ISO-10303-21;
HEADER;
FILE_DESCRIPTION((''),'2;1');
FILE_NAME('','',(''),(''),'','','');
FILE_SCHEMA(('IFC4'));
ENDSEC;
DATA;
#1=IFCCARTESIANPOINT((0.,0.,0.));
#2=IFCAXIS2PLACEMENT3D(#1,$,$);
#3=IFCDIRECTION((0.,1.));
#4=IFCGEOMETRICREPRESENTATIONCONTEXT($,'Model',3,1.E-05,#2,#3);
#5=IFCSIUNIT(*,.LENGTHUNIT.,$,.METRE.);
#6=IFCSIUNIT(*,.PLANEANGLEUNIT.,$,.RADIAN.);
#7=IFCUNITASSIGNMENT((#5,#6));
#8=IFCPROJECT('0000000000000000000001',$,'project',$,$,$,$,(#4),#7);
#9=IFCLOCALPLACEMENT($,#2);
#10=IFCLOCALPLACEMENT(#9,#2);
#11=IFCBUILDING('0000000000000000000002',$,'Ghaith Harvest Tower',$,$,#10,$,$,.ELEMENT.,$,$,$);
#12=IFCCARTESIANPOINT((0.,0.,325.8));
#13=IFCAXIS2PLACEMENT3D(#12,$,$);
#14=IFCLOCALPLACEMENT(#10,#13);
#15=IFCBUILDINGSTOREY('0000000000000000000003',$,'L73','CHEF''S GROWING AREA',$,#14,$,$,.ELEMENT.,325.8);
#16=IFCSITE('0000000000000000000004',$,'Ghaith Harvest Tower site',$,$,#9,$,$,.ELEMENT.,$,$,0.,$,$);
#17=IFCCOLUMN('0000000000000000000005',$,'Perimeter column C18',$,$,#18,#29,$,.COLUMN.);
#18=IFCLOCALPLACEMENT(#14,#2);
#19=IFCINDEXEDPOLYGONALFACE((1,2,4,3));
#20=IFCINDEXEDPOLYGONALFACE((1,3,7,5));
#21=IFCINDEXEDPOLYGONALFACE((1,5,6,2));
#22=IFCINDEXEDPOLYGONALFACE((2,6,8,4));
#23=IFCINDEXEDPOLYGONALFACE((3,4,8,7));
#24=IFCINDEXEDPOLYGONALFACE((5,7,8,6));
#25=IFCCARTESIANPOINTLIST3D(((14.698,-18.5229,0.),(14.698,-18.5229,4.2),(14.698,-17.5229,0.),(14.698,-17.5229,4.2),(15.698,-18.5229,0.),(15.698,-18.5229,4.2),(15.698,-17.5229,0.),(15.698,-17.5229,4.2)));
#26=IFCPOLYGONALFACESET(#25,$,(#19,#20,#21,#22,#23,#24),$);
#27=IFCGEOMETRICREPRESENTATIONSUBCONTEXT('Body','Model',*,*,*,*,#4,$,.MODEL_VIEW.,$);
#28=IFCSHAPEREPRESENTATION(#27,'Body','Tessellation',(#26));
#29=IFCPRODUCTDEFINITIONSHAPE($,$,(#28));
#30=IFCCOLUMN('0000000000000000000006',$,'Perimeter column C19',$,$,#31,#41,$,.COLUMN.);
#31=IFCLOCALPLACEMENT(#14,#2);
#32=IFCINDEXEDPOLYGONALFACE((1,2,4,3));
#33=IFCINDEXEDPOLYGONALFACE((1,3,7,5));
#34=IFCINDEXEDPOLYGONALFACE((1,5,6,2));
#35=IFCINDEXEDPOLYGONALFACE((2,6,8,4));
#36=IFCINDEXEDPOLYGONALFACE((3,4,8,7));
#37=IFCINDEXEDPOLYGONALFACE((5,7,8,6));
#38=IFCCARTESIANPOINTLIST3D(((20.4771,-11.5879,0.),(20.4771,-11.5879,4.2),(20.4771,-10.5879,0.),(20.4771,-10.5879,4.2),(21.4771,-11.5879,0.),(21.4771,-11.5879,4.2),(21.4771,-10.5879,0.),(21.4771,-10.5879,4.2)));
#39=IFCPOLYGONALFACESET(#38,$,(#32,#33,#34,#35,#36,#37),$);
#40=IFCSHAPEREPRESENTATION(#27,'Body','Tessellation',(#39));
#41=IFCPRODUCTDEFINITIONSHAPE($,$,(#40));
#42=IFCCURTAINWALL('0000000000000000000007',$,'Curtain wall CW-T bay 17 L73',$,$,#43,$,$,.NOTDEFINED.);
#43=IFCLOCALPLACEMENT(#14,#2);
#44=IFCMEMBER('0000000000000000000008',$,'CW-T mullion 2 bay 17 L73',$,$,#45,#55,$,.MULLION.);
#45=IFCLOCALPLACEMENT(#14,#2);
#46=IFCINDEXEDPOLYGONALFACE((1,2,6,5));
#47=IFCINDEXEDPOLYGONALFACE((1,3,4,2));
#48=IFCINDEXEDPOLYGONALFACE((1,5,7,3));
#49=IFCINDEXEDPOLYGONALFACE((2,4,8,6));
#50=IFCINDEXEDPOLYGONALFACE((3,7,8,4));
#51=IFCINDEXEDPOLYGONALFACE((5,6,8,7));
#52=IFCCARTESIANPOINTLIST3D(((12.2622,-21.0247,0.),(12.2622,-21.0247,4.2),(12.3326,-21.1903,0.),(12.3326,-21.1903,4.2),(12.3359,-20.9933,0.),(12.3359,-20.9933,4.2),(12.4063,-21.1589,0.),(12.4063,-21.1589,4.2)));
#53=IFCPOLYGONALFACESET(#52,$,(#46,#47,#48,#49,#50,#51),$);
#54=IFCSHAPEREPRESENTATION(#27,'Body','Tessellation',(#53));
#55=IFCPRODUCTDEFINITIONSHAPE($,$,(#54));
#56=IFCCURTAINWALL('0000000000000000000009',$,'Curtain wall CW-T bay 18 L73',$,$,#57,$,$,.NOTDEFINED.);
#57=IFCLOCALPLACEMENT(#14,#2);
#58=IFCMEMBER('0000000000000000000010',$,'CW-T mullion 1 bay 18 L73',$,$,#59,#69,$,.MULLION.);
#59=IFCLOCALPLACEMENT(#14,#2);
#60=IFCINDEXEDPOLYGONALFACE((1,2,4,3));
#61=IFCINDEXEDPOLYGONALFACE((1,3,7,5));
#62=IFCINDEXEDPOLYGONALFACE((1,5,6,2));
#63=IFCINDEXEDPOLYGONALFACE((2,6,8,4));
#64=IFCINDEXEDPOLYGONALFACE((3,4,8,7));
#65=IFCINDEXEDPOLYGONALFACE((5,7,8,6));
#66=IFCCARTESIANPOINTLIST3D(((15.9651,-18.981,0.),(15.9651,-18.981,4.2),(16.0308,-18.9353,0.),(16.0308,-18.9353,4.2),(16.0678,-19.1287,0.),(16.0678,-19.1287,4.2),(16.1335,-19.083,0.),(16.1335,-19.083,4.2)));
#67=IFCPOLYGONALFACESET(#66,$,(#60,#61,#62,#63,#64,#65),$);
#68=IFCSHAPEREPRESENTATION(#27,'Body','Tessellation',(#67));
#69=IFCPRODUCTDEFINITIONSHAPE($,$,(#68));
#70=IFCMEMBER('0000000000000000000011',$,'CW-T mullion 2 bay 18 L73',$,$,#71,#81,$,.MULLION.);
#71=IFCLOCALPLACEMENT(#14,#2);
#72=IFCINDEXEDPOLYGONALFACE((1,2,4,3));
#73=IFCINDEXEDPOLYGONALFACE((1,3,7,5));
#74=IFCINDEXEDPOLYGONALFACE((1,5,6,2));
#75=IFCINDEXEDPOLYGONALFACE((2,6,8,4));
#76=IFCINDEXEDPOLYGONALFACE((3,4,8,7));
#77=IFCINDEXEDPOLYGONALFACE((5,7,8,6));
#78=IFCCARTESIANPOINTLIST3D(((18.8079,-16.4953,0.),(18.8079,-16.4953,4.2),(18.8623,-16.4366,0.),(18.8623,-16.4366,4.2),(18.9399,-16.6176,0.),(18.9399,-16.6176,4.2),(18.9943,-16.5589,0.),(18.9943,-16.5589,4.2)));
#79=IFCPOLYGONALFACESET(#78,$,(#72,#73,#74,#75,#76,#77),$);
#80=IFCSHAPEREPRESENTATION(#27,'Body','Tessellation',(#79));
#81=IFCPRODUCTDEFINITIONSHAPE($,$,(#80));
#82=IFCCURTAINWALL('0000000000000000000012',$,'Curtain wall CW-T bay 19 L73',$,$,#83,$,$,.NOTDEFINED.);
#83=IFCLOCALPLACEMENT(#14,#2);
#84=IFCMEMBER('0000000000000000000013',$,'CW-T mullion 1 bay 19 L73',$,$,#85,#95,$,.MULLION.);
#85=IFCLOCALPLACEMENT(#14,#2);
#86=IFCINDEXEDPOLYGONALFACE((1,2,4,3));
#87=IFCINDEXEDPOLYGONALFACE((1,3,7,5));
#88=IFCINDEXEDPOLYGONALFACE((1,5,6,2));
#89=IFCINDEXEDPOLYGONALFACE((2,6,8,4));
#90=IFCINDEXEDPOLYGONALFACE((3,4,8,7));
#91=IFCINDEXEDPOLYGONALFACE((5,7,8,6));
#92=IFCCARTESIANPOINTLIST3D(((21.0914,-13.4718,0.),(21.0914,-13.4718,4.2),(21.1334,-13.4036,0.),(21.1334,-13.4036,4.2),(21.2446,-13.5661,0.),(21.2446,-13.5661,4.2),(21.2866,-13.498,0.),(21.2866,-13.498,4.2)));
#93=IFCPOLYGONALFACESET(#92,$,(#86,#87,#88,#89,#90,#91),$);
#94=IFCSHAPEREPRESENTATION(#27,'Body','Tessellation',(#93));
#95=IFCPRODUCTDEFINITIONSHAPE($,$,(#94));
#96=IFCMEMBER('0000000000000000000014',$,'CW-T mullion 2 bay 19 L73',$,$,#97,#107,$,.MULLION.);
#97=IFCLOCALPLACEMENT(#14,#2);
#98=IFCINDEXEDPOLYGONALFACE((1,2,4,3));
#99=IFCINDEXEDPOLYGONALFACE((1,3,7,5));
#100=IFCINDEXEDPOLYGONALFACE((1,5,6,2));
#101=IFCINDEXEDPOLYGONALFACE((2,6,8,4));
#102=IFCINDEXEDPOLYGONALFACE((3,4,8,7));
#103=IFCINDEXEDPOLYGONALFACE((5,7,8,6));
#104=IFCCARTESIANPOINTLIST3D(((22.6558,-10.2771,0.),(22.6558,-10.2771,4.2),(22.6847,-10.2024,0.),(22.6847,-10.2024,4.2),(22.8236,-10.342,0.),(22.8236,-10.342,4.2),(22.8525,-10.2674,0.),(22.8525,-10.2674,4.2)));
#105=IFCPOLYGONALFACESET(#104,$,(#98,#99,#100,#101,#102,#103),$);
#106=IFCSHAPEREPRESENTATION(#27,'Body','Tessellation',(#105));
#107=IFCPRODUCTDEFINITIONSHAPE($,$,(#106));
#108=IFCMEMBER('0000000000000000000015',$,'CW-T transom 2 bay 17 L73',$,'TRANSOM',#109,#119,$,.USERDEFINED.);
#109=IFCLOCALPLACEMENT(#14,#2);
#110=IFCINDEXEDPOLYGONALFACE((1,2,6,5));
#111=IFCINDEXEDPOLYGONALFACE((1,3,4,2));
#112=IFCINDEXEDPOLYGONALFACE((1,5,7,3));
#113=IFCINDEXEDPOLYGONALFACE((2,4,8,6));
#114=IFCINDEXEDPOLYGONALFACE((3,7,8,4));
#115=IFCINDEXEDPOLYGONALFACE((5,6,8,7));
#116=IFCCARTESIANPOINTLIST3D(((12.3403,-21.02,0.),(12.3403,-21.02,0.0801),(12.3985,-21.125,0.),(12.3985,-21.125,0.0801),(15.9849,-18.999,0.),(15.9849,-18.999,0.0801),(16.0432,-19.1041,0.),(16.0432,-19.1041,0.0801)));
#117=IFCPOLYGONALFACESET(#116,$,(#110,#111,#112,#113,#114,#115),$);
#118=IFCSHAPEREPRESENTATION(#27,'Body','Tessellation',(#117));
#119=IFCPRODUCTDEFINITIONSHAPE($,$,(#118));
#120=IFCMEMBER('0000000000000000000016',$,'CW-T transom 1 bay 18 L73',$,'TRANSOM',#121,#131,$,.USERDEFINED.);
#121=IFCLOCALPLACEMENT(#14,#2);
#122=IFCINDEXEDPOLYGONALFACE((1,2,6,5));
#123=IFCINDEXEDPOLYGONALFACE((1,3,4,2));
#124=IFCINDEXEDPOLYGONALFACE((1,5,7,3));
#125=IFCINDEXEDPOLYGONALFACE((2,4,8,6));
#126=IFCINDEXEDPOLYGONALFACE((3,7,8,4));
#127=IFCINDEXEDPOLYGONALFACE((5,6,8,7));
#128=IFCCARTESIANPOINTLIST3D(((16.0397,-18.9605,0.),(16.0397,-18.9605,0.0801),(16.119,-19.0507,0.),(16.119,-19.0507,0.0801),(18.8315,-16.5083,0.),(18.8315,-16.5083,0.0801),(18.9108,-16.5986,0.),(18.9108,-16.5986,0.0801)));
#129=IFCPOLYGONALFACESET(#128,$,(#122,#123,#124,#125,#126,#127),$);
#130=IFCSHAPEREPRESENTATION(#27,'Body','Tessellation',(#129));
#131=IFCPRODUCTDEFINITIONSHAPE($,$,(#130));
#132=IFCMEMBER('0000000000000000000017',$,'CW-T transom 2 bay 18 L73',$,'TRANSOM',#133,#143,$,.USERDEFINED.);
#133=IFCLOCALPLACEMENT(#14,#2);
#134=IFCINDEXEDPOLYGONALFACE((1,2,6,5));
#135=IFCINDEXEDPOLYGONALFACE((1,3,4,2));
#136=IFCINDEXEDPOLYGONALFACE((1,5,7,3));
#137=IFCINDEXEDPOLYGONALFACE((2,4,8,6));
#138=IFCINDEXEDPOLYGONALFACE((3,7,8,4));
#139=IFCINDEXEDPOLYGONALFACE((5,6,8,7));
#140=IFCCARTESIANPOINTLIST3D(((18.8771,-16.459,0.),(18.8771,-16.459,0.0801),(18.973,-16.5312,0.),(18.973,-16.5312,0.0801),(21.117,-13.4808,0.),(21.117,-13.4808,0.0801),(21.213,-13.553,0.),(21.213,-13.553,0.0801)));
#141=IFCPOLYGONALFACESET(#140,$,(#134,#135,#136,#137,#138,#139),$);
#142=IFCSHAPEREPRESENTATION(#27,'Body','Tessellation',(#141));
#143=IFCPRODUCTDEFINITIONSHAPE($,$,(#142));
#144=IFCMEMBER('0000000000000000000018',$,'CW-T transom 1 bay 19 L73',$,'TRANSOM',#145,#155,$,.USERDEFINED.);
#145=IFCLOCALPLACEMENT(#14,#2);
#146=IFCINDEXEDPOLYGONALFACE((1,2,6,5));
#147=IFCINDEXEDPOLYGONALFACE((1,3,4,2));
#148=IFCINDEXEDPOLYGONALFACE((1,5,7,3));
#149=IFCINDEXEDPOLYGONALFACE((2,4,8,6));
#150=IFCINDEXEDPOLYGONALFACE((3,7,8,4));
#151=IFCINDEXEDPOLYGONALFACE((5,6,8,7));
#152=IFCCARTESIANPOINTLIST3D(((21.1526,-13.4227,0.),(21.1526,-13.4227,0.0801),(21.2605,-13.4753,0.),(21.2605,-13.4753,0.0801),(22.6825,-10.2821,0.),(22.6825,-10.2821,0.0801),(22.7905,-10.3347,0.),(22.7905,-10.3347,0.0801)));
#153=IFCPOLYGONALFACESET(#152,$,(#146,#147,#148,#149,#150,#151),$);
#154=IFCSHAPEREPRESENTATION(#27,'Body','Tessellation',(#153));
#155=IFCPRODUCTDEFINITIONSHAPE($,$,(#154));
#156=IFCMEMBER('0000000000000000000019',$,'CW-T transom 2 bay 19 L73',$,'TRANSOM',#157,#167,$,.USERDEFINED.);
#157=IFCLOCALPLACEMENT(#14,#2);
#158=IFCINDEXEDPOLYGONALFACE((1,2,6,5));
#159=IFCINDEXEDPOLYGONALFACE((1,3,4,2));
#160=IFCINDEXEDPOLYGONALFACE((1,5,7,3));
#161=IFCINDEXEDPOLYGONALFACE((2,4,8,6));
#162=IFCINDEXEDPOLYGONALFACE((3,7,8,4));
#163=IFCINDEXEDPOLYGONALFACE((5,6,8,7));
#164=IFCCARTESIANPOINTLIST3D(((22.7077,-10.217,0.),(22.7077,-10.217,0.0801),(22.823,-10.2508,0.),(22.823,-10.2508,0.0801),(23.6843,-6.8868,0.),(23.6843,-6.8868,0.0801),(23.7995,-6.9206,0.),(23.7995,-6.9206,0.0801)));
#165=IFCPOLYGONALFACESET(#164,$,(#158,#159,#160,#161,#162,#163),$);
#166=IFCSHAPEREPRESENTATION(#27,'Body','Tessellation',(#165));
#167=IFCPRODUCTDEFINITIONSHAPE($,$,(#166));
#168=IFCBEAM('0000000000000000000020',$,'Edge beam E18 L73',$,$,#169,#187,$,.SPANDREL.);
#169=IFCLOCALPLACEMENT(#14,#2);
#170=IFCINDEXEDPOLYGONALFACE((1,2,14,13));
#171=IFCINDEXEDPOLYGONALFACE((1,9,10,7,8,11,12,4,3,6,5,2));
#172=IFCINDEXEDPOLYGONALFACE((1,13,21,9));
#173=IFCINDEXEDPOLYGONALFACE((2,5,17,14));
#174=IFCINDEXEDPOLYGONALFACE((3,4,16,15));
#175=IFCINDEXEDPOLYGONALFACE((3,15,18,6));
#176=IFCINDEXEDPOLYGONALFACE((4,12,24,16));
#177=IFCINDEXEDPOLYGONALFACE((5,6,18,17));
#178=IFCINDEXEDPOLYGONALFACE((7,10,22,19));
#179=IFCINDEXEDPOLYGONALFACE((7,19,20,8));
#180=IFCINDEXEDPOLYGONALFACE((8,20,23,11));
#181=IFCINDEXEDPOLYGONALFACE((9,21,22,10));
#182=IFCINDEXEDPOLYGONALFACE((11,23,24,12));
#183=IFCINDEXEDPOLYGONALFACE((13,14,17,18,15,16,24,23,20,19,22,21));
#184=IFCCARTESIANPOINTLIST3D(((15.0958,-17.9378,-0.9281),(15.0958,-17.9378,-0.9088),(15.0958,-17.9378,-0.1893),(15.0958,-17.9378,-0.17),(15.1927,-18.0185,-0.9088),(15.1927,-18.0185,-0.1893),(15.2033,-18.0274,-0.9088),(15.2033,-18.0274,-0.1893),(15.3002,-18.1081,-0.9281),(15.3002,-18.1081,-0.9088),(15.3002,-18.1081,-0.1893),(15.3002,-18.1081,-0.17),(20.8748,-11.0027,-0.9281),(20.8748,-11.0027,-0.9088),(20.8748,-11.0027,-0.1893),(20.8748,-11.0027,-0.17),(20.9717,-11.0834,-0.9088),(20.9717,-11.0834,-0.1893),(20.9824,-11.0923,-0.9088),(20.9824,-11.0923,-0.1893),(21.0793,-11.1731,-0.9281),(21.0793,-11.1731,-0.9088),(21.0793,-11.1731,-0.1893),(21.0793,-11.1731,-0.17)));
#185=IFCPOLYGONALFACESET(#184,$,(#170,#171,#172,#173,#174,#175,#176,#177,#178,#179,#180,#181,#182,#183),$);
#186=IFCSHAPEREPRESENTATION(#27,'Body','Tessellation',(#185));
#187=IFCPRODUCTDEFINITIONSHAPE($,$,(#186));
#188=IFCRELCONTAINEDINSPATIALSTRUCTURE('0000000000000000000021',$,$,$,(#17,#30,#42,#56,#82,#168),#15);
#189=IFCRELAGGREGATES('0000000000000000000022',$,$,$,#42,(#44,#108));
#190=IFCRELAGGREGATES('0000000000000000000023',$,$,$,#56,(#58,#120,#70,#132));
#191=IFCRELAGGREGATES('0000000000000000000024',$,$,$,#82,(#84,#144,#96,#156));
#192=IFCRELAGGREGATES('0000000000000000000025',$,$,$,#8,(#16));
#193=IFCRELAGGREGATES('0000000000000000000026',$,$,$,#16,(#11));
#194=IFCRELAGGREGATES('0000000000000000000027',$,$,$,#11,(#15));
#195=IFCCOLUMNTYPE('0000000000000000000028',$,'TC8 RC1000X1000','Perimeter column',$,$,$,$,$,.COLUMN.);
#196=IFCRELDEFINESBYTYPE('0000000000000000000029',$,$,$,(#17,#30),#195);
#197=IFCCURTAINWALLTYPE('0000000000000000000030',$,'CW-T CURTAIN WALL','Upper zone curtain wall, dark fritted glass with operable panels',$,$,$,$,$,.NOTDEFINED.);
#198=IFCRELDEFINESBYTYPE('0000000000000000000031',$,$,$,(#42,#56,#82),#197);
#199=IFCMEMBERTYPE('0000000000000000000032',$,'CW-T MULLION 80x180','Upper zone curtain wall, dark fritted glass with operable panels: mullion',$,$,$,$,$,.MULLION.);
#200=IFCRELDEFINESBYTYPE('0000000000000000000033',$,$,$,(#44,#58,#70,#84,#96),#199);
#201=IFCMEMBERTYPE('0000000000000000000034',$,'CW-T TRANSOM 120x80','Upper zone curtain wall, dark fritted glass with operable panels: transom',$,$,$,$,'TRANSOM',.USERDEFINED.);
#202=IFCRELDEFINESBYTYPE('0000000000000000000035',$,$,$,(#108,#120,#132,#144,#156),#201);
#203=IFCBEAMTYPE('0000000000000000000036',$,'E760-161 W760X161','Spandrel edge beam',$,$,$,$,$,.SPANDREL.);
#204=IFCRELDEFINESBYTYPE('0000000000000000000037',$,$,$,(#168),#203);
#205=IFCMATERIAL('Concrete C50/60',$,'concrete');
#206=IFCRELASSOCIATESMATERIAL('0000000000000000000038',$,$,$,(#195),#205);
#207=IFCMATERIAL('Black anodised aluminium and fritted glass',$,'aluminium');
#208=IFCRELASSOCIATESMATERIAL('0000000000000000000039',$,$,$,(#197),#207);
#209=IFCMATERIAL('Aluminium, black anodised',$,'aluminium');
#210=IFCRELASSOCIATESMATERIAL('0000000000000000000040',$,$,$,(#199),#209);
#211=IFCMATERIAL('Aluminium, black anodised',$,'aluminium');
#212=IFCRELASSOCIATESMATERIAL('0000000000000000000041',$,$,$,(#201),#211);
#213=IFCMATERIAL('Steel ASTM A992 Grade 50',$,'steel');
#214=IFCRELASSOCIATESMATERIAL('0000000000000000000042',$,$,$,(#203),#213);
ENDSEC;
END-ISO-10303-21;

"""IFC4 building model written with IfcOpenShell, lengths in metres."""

from ifc_helpers import new_model, si_unit, direction, frame, origin, origin_2d, place, context, subcontext, project, spatial, rectangle, i_section, extrude, material, material_profile, profile_set, type_object, element, aggregate, save


model = new_model("IFC4")

# Units and contexts
model_context = context("Model", 3, precision=1e-05, world=origin(), true_north=direction((0.0, 1.0)))
body_context = subcontext(model_context, "Body", "Model", "MODEL_VIEW")
ifc_project = project(units=[si_unit("LENGTHUNIT", "METRE"), si_unit("PLANEANGLEUNIT", "RADIAN")], contexts=[model_context])

# Site, building, storey
site_placement = place(None, origin())
site = spatial("IfcSite", under=ifc_project, at=site_placement, Name="Ghaith Harvest Tower site", CompositionType="ELEMENT", RefElevation=0.0)
building_placement = place(site_placement, origin())
building = spatial("IfcBuilding", under=site, at=building_placement, Name="Ghaith Harvest Tower", CompositionType="ELEMENT")
storey_placement = place(building_placement, frame((0.0, 0.0, 325.8)))
storey = spatial("IfcBuildingStorey", under=building, at=storey_placement, Name="L73", Description="CHEF'S GROWING AREA", CompositionType="ELEMENT", Elevation=325.8)

# Columns
ifc_material_1 = material(Name="Concrete C50/60", Category="concrete")
ifc_material_profile_1 = material_profile(ifc_material_1, rectangle(XDim=1.0, YDim=1.0, at=origin_2d()), Name="RC1000X1000")
ifc_profile_set_1 = profile_set([ifc_material_profile_1], Name="Concrete C50/60")
column_type = type_object("IfcColumnType", Name="TC8 RC1000X1000", Description="Perimeter column", PredefinedType="COLUMN", material=ifc_profile_set_1)
for number, where, z_axis, x_axis, name in (
    (1, (15.198, -18.0229, 0.0), (0.0, 0.0, 1.0), (1.0, 0.0, 0.0), "Perimeter column C18"),
    (2, (20.9771, -11.0879, 0.0), (0.0, 0.0, 1.0), (1.0, 0.0, 0.0), "Perimeter column C19"),
):
    element("IfcColumn", number, at=place(storey_placement, frame(where, z_axis=z_axis, x_axis=x_axis)), inside=storey, type_object=column_type, Name=name, PredefinedType="COLUMN", context=body_context, shape_type="SweptSolid", body=[
        extrude(rectangle(XDim=1.0, YDim=1.0, at=origin_2d()), origin(), (0.0, 0.0, 1.0), 4.2),
    ])

# Curtain wall, member
ifc_material_2 = material(Name="Black anodised aluminium and fritted glass", Category="aluminium")
curtain_wall_type = type_object("IfcCurtainWallType", Name="CW-T CURTAIN WALL", Description="Upper zone curtain wall, dark fritted glass with operable panels", PredefinedType="NOTDEFINED", material=ifc_material_2)
curtain_wall_1_placement = place(storey_placement, origin())
curtain_wall_1 = element("IfcCurtainWall", 3, at=curtain_wall_1_placement, inside=storey, type_object=curtain_wall_type, Name="Curtain wall CW-T bay 17 L73", PredefinedType="NOTDEFINED")
ifc_material_3 = material(Name="Aluminium, black anodised", Category="aluminium")
ifc_material_profile_2 = material_profile(ifc_material_3, rectangle(XDim=0.0801, YDim=0.1799, at=origin_2d()), Name="CW-T MULLION 80x180")
ifc_profile_set_2 = profile_set([ifc_material_profile_2], Name="Aluminium, black anodised")
member_type_1 = type_object("IfcMemberType", Name="CW-T MULLION 80x180", Description="Upper zone curtain wall, dark fritted glass with operable panels: mullion", PredefinedType="MULLION", material=ifc_profile_set_2)
member_1_placement = place(storey_placement, frame((12.3342, -21.0918, 0.0), z_axis=(0.0, 0.0, 1.0), x_axis=(0.920319, 0.391168, 0.0)))
member_1 = element("IfcMember", 4, at=member_1_placement, type_object=member_type_1, Name="CW-T mullion 2 bay 17 L73", PredefinedType="MULLION", context=body_context, shape_type="SweptSolid", body=[
    extrude(rectangle(XDim=0.0801, YDim=0.1799, at=origin_2d()), origin(), (0.0, 0.0, 1.0), 4.2),
])

# Curtain walls, members
curtain_wall_2_placement = place(storey_placement, origin())
curtain_wall_2 = element("IfcCurtainWall", 5, at=curtain_wall_2_placement, inside=storey, type_object=curtain_wall_type, Name="Curtain wall CW-T bay 18 L73", PredefinedType="NOTDEFINED")
member_2_placement = place(storey_placement, frame((16.0493, -19.032, 0.0), z_axis=(0.0, 0.0, 1.0), x_axis=(0.821112, 0.570767, 0.0)))
member_2 = element("IfcMember", 6, at=member_2_placement, type_object=member_type_1, Name="CW-T mullion 1 bay 18 L73", PredefinedType="MULLION", context=body_context, shape_type="SweptSolid", body=[
    extrude(rectangle(XDim=0.0801, YDim=0.1799, at=origin_2d()), origin(), (0.0, 0.0, 1.0), 4.2),
])
member_3_placement = place(storey_placement, frame((18.9011, -16.5271, 0.0), z_axis=(0.0, 0.0, 1.0), x_axis=(0.679661, 0.733526, 0.0)))
member_3 = element("IfcMember", 7, at=member_3_placement, type_object=member_type_1, Name="CW-T mullion 2 bay 18 L73", PredefinedType="MULLION", context=body_context, shape_type="SweptSolid", body=[
    extrude(rectangle(XDim=0.0801, YDim=0.1799, at=origin_2d()), origin(), (0.0, 0.0, 1.0), 4.2),
])
curtain_wall_3_placement = place(storey_placement, origin())
curtain_wall_3 = element("IfcCurtainWall", 8, at=curtain_wall_3_placement, inside=storey, type_object=curtain_wall_type, Name="Curtain wall CW-T bay 19 L73", PredefinedType="NOTDEFINED")
member_4_placement = place(storey_placement, frame((21.189, -13.4849, 0.0), z_axis=(0.0, 0.0, 1.0), x_axis=(0.524482, 0.851421, 0.0)))
member_4 = element("IfcMember", 9, at=member_4_placement, type_object=member_type_1, Name="CW-T mullion 1 bay 19 L73", PredefinedType="MULLION", context=body_context, shape_type="SweptSolid", body=[
    extrude(rectangle(XDim=0.0801, YDim=0.1799, at=origin_2d()), origin(), (0.0, 0.0, 1.0), 4.2),
])
member_5_placement = place(storey_placement, frame((22.7542, -10.2722, 0.0), z_axis=(0.0, 0.0, 1.0), x_axis=(0.361184, 0.932494, 0.0)))
member_5 = element("IfcMember", 10, at=member_5_placement, type_object=member_type_1, Name="CW-T mullion 2 bay 19 L73", PredefinedType="MULLION", context=body_context, shape_type="SweptSolid", body=[
    extrude(rectangle(XDim=0.0801, YDim=0.1799, at=origin_2d()), origin(), (0.0, 0.0, 1.0), 4.2),
])

# Members
ifc_material_4 = material(Name="Aluminium, black anodised", Category="aluminium")
ifc_material_profile_3 = material_profile(ifc_material_4, rectangle(XDim=0.1201, YDim=0.0801, at=origin_2d()), Name="CW-T TRANSOM 120x80")
ifc_profile_set_3 = profile_set([ifc_material_profile_3], Name="Aluminium, black anodised")
member_type_2 = type_object("IfcMemberType", Name="CW-T TRANSOM 120x80", Description="Upper zone curtain wall, dark fritted glass with operable panels: transom", ElementType="TRANSOM", PredefinedType="USERDEFINED", material=ifc_profile_set_3)
member_6_placement = place(storey_placement, frame((12.3694, -21.0725, 0.04), z_axis=(0.874552, 0.484932, 0.0), x_axis=(-0.484932, 0.874552, 0.0)))
member_6 = element("IfcMember", 11, at=member_6_placement, type_object=member_type_2, Name="CW-T transom 2 bay 17 L73", ObjectType="TRANSOM", PredefinedType="USERDEFINED", context=body_context, shape_type="SweptSolid", body=[
    extrude(rectangle(XDim=0.1201, YDim=0.0801, at=origin_2d()), origin(), (0.0, 0.0, 1.0), 4.1675),
])
member_7_placement = place(storey_placement, frame((16.0793, -19.0056, 0.04), z_axis=(0.751326, 0.659931, 0.0), x_axis=(-0.659931, 0.751326, 0.0)))
member_7 = element("IfcMember", 12, at=member_7_placement, type_object=member_type_2, Name="CW-T transom 1 bay 18 L73", ObjectType="TRANSOM", PredefinedType="USERDEFINED", context=body_context, shape_type="SweptSolid", body=[
    extrude(rectangle(XDim=0.1201, YDim=0.0801, at=origin_2d()), origin(), (0.0, 0.0, 1.0), 3.7158),
])
member_8_placement = place(storey_placement, frame((18.925, -16.4951, 0.04), z_axis=(0.601079, 0.79919, 0.0), x_axis=(-0.79919, 0.601079, 0.0)))
member_8 = element("IfcMember", 13, at=member_8_placement, type_object=member_type_2, Name="CW-T transom 2 bay 18 L73", ObjectType="TRANSOM", PredefinedType="USERDEFINED", context=body_context, shape_type="SweptSolid", body=[
    extrude(rectangle(XDim=0.1201, YDim=0.0801, at=origin_2d()), origin(), (0.0, 0.0, 1.0), 3.7266),
])
member_9_placement = place(storey_placement, frame((21.2065, -13.449, 0.04), z_axis=(0.437965, 0.898992, 0.0), x_axis=(-0.898992, 0.437965, 0.0)))
member_9 = element("IfcMember", 14, at=member_9_placement, type_object=member_type_2, Name="CW-T transom 1 bay 19 L73", ObjectType="TRANSOM", PredefinedType="USERDEFINED", context=body_context, shape_type="SweptSolid", body=[
    extrude(rectangle(XDim=0.1201, YDim=0.0801, at=origin_2d()), origin(), (0.0, 0.0, 1.0), 3.4934),
])
member_10_placement = place(storey_placement, frame((22.7654, -10.2339, 0.04), z_axis=(0.281385, 0.959595, 0.0), x_axis=(-0.959595, 0.281385, 0.0)))
member_10 = element("IfcMember", 15, at=member_10_placement, type_object=member_type_2, Name="CW-T transom 2 bay 19 L73", ObjectType="TRANSOM", PredefinedType="USERDEFINED", context=body_context, shape_type="SweptSolid", body=[
    extrude(rectangle(XDim=0.1201, YDim=0.0801, at=origin_2d()), origin(), (0.0, 0.0, 1.0), 3.4705),
])

# Beam
ifc_material_5 = material(Name="Steel ASTM A992 Grade 50", Category="steel")
ifc_material_profile_4 = material_profile(ifc_material_5, i_section(OverallWidth=0.2661, OverallDepth=0.7581, WebThickness=0.0139, FlangeThickness=0.0193, at=origin_2d()), Name="W760X161")
ifc_profile_set_4 = profile_set([ifc_material_profile_4], Name="Steel ASTM A992 Grade 50")
beam_type_1 = type_object("IfcBeamType", Name="E760-161 W760X161", Description="Spandrel edge beam", PredefinedType="SPANDREL", material=ifc_profile_set_4)
beam_1_placement = place(storey_placement, frame((15.198, -18.0229, -0.5491), z_axis=(0.640174, 0.76823, 0.0), x_axis=(-0.76823, 0.640174, 0.0)))
element("IfcBeam", 16, at=beam_1_placement, inside=storey, type_object=beam_type_1, Name="Edge beam E18 L73", PredefinedType="SPANDREL", context=body_context, shape_type="SweptSolid", body=[
    extrude(i_section(OverallWidth=0.2661, OverallDepth=0.7581, WebThickness=0.0139, FlangeThickness=0.0193, at=origin_2d()), origin(), (0.0, 0.0, 1.0), 9.0273),
])

aggregate(curtain_wall_1, [member_1, member_6])
aggregate(curtain_wall_2, [member_2, member_7, member_3, member_8])
aggregate(curtain_wall_3, [member_4, member_9, member_5, member_10])

save(model, "model.ifc")
